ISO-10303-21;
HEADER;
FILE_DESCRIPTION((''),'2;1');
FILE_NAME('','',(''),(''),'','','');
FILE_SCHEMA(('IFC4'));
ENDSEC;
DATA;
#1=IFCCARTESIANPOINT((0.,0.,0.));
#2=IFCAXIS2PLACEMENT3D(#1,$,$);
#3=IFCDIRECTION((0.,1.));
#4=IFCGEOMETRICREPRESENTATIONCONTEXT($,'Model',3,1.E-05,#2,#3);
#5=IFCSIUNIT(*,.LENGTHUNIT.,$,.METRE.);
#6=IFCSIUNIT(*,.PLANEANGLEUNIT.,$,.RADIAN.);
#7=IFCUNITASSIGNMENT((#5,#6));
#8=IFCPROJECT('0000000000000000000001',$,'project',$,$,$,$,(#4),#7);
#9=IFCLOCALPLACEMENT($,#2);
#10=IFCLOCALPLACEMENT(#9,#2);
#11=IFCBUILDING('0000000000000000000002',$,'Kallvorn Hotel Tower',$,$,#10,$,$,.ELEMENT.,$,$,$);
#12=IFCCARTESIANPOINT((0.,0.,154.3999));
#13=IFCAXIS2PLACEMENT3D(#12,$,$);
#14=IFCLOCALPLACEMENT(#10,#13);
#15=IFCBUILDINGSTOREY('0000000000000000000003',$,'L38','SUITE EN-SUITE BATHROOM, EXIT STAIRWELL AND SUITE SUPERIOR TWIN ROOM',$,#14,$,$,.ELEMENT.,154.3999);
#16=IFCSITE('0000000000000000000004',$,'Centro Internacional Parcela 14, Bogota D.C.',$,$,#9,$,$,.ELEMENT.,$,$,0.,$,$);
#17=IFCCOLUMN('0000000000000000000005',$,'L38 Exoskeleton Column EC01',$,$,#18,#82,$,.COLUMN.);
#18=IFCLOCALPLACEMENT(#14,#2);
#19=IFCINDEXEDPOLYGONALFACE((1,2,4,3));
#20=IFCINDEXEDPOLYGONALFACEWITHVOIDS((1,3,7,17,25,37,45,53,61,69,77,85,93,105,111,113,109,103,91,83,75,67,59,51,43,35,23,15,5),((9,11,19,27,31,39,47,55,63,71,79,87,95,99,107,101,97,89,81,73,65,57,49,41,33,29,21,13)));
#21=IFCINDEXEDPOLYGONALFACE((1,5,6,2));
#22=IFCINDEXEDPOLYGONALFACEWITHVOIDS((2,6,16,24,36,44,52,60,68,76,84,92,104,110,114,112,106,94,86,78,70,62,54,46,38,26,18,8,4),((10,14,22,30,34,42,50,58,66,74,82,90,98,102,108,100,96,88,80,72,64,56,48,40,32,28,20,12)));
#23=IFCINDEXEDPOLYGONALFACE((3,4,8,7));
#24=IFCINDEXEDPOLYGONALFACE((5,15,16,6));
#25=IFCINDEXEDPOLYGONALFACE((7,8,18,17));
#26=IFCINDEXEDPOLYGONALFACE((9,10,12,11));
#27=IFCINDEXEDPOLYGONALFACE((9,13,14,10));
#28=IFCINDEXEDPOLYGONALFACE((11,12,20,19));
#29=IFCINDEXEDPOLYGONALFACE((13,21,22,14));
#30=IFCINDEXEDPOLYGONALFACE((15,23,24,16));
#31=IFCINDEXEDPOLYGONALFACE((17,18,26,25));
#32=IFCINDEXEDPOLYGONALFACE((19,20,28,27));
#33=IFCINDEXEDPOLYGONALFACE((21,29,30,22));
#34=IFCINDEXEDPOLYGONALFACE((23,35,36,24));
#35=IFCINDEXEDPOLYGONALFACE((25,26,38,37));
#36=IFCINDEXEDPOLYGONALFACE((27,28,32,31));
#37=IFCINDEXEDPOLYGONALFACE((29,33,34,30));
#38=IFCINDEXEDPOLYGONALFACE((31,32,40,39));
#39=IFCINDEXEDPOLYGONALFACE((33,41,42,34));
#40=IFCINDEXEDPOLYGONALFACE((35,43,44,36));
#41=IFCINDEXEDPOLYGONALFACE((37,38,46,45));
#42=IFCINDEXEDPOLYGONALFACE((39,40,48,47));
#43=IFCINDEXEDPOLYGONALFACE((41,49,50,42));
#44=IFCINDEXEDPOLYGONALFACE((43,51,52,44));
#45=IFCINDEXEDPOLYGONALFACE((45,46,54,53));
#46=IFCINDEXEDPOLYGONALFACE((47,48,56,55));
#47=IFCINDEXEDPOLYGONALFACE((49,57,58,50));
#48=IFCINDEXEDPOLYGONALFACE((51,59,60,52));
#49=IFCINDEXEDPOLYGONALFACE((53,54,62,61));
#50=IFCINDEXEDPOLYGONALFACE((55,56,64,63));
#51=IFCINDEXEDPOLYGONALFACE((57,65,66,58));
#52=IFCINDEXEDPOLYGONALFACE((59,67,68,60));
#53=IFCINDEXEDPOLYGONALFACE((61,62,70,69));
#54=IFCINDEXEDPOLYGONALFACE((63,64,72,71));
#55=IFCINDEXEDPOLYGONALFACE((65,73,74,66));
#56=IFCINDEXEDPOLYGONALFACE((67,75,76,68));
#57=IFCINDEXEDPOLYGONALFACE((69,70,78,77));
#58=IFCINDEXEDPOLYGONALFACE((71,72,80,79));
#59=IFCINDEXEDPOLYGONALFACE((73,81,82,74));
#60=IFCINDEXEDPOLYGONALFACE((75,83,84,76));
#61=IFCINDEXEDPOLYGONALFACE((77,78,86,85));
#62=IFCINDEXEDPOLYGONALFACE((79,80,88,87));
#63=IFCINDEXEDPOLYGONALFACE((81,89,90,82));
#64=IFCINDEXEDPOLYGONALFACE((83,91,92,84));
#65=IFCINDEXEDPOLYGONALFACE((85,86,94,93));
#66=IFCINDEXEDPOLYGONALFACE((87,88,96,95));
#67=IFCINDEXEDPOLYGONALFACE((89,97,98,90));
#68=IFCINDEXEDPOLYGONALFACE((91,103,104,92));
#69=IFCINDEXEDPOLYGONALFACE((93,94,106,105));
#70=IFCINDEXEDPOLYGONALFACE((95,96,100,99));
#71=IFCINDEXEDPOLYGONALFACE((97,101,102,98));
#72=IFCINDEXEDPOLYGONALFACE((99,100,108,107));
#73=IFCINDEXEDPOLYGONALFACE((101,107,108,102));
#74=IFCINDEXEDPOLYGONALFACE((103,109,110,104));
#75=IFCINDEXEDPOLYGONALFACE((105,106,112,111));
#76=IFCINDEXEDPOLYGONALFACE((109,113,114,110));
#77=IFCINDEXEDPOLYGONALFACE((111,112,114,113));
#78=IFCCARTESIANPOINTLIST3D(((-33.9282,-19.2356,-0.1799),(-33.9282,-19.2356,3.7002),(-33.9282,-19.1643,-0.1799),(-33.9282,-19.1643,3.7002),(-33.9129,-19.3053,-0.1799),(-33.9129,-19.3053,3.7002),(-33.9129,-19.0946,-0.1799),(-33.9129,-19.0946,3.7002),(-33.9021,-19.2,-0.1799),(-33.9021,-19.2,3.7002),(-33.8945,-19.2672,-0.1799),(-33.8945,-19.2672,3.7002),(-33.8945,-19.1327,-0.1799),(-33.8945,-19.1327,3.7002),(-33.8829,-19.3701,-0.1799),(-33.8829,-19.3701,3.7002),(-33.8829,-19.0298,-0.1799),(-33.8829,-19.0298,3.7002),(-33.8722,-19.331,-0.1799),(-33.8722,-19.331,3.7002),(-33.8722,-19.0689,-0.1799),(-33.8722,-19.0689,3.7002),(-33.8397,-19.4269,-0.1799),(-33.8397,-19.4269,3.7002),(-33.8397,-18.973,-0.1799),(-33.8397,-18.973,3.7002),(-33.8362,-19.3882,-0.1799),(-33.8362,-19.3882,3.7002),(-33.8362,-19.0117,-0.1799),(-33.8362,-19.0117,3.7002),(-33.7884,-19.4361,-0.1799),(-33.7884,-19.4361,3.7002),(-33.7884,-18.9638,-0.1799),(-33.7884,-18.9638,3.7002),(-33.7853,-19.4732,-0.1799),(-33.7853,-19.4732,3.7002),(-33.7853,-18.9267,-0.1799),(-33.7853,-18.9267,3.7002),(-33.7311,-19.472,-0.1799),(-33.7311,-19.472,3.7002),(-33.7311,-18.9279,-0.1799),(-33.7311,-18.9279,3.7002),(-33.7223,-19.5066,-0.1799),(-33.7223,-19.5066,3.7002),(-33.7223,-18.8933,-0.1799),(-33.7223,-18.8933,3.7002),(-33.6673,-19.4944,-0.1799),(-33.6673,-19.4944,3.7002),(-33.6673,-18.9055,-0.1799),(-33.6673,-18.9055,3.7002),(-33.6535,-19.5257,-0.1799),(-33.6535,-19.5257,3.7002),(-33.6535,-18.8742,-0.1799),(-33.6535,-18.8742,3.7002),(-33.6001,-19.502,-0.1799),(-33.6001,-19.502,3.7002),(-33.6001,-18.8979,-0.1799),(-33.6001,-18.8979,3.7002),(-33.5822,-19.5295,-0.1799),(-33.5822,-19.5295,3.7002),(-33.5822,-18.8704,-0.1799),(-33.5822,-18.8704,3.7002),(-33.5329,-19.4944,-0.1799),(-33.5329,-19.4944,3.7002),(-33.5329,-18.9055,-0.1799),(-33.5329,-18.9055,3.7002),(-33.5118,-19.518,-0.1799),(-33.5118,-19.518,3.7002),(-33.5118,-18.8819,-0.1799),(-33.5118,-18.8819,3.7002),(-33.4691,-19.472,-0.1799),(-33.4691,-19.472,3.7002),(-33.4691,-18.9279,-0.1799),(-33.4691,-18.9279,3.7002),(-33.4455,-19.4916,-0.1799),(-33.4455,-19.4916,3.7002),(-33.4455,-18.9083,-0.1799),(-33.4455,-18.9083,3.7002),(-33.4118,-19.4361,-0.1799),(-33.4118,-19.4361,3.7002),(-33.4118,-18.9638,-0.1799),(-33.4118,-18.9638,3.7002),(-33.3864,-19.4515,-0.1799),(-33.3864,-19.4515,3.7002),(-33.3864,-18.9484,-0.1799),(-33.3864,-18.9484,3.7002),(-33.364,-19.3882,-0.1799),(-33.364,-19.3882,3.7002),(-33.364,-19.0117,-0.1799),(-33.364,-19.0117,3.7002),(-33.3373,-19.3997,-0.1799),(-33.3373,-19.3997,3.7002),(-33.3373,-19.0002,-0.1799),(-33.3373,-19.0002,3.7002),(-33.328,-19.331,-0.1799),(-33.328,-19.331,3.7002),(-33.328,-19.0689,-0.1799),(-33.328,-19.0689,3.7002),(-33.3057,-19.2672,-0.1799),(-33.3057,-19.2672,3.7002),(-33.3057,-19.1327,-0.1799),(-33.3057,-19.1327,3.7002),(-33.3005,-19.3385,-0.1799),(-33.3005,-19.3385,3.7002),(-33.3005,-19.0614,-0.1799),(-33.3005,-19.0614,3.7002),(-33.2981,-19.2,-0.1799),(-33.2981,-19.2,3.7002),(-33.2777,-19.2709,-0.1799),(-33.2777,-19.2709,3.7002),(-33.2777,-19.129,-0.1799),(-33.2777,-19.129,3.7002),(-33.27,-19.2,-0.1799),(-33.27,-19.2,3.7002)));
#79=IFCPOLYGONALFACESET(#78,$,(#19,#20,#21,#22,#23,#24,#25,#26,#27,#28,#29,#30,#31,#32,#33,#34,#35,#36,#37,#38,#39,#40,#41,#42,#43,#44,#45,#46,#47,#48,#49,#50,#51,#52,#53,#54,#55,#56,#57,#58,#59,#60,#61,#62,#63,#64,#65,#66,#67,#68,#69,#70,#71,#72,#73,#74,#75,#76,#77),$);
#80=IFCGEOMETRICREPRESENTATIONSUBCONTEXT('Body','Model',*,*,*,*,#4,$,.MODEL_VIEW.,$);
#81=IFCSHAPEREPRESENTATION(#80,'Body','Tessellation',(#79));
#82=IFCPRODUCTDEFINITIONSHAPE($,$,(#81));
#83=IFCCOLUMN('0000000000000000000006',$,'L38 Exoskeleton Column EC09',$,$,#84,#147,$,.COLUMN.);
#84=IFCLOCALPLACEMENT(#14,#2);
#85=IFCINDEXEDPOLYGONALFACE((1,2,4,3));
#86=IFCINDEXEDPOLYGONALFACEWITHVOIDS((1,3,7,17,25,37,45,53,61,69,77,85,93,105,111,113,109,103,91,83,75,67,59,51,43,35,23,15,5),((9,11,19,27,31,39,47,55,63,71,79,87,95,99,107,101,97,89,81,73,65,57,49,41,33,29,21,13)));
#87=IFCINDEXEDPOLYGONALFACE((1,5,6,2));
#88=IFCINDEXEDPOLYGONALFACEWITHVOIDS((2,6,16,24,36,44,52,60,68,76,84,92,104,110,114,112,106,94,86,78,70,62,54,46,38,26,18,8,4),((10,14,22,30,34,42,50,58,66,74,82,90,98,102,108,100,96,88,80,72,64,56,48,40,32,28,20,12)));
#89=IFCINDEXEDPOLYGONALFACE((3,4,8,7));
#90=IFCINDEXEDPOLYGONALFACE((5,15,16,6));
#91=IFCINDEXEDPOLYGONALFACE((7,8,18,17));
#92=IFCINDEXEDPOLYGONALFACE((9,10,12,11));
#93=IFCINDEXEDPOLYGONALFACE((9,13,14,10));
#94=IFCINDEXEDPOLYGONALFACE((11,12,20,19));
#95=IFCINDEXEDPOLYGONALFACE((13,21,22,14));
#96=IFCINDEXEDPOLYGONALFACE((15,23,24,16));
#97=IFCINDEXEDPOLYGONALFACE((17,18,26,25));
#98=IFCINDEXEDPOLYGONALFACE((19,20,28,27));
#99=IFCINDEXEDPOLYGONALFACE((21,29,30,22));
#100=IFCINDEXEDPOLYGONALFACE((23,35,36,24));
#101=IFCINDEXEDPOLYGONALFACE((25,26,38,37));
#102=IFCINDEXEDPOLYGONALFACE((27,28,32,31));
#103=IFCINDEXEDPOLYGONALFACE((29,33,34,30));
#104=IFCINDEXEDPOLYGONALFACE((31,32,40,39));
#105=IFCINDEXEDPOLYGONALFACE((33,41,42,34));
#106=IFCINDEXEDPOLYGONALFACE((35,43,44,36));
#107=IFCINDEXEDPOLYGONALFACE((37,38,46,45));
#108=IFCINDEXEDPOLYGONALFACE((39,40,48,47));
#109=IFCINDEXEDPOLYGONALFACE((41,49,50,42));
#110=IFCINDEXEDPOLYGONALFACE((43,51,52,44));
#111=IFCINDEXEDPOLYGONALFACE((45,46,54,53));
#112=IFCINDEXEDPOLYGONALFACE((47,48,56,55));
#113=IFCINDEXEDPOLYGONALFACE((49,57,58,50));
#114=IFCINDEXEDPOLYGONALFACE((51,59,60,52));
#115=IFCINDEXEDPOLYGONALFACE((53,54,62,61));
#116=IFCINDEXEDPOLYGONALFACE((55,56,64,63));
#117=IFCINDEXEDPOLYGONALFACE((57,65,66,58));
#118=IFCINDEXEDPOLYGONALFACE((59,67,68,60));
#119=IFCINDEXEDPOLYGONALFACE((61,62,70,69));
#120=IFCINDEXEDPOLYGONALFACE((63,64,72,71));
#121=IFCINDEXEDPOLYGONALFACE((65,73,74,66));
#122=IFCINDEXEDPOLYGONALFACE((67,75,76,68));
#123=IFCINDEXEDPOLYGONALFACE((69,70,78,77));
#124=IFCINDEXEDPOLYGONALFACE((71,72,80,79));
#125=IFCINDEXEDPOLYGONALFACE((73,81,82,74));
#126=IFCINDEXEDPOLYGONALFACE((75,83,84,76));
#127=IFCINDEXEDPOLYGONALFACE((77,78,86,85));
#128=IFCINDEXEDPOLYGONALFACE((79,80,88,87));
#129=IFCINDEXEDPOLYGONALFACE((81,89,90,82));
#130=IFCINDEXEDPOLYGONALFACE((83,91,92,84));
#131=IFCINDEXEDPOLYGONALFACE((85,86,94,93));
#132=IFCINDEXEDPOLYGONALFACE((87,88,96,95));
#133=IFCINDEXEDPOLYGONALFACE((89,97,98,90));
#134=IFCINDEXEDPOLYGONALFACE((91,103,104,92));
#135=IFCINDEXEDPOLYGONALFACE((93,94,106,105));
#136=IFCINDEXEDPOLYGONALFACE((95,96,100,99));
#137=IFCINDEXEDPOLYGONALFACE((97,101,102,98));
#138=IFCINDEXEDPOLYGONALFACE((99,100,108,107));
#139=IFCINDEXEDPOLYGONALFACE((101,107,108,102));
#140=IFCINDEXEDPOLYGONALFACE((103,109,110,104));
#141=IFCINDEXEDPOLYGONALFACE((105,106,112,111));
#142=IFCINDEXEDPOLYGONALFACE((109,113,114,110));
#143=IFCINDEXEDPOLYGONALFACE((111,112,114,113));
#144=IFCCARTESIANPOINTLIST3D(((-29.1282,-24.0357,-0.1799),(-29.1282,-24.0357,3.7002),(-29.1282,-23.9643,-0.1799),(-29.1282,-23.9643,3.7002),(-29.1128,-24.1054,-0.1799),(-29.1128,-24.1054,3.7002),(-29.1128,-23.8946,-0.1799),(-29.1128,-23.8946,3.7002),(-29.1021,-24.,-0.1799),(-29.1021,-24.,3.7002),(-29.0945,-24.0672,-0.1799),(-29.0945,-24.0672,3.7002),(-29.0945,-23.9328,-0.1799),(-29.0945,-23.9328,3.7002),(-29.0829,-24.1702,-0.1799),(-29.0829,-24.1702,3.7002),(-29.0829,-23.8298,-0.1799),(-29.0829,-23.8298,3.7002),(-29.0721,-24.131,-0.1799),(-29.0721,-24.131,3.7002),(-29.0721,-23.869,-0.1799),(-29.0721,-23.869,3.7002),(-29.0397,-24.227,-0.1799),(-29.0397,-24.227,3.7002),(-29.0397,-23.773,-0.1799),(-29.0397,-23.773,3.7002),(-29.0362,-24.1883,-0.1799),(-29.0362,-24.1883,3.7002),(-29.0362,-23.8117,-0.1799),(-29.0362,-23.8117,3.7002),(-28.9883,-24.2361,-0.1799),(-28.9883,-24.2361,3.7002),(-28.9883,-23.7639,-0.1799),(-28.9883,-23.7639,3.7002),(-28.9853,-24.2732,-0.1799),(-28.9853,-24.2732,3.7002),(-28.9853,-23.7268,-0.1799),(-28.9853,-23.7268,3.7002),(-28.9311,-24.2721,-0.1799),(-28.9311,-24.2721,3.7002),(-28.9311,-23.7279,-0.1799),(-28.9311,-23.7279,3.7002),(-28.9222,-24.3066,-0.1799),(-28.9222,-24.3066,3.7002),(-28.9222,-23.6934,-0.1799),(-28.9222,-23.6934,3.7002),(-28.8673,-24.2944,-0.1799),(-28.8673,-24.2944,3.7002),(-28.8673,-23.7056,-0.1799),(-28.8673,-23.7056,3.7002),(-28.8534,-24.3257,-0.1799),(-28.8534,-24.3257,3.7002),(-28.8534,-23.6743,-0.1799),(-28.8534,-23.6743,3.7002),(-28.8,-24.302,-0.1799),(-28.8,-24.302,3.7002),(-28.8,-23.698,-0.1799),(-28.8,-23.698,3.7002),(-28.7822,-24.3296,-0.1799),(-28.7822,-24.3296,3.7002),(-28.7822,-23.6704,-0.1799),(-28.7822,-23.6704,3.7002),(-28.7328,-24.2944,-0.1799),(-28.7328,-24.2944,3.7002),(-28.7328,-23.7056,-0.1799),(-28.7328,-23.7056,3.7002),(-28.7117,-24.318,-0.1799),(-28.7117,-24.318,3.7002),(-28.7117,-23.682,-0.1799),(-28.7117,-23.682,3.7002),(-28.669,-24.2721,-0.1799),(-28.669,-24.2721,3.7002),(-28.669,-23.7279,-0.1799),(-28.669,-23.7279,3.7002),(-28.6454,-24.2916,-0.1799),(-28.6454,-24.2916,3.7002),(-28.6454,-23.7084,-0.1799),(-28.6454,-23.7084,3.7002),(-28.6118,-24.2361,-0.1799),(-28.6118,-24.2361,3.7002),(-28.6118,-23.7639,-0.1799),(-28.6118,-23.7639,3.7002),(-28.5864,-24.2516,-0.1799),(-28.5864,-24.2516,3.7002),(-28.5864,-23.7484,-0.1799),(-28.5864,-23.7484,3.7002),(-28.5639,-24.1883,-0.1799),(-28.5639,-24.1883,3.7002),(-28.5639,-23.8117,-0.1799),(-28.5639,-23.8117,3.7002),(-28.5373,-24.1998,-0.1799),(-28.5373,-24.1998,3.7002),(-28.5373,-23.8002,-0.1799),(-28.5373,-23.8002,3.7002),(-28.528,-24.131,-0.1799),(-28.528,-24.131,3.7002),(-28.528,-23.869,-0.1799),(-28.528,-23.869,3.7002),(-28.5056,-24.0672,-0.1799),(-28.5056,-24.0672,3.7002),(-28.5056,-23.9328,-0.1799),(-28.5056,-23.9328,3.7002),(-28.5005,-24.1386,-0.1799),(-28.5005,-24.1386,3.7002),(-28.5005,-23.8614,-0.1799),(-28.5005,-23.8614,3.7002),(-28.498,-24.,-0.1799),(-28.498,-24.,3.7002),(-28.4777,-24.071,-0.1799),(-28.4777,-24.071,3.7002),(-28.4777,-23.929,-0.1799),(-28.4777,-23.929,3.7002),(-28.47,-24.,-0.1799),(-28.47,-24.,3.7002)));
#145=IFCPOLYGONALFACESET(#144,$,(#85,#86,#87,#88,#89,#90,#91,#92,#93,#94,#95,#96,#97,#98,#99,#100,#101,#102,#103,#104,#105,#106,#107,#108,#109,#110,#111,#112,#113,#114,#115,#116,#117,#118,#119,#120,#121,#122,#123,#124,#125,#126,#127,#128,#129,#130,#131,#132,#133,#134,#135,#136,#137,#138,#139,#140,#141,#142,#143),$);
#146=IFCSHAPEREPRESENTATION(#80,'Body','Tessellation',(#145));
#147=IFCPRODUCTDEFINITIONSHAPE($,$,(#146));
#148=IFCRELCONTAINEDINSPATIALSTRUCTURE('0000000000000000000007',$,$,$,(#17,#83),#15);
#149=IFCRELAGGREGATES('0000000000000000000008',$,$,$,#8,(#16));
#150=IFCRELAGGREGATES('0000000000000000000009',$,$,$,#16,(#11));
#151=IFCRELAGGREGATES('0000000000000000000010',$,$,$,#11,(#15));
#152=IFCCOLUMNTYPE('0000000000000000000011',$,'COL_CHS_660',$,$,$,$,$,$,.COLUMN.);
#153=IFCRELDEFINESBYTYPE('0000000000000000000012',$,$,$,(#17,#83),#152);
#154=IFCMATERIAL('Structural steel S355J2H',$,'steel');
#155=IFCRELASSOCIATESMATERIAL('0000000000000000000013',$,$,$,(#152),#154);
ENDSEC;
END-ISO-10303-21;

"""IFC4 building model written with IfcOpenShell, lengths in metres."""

from ifc_helpers import new_model, si_unit, direction, frame, origin, origin_2d, place, context, subcontext, project, spatial, hollow_circle, extrude, material, material_profile, profile_set, type_object, element, save


model = new_model("IFC4")

# Units and contexts
model_context = context("Model", 3, precision=1e-05, world=origin(), true_north=direction((0.0, 1.0)))
body_context = subcontext(model_context, "Body", "Model", "MODEL_VIEW")
ifc_project = project(units=[si_unit("LENGTHUNIT", "METRE"), si_unit("PLANEANGLEUNIT", "RADIAN")], contexts=[model_context])

# Site, building, storey
site_placement = place(None, origin())
site = spatial("IfcSite", under=ifc_project, at=site_placement, Name="Centro Internacional Parcela 14, Bogota D.C.", CompositionType="ELEMENT", RefElevation=0.0)
building_placement = place(site_placement, origin())
building = spatial("IfcBuilding", under=site, at=building_placement, Name="Kallvorn Hotel Tower", CompositionType="ELEMENT")
storey_placement = place(building_placement, frame((0.0, 0.0, 154.3999)))
storey = spatial("IfcBuildingStorey", under=building, at=storey_placement, Name="L38", Description="SUITE EN-SUITE BATHROOM, EXIT STAIRWELL AND SUITE SUPERIOR TWIN ROOM", CompositionType="ELEMENT", Elevation=154.3999)

# Columns
ifc_material_1 = material(Name="Structural steel S355J2H", Category="steel")
ifc_material_profile_1 = material_profile(ifc_material_1, hollow_circle(Radius=0.3301, WallThickness=0.0281, at=origin_2d()), Name="CHS 660x28")
ifc_profile_set_1 = profile_set([ifc_material_profile_1], Name="Structural steel S355J2H")
column_type = type_object("IfcColumnType", Name="COL_CHS_660", PredefinedType="COLUMN", material=ifc_profile_set_1)
for number, where, z_axis, x_axis, name in (
    (1, (-33.6001, -19.2, -0.1799), (0.0, 0.0, 1.0), (1.0, 0.0, 0.0), "L38 Exoskeleton Column EC01"),
    (2, (-28.8, -24.0, -0.1799), (0.0, 0.0, 1.0), (1.0, 0.0, 0.0), "L38 Exoskeleton Column EC09"),
):
    element("IfcColumn", number, at=place(storey_placement, frame(where, z_axis=z_axis, x_axis=x_axis)), inside=storey, type_object=column_type, Name=name, PredefinedType="COLUMN", context=body_context, shape_type="SweptSolid", body=[
        extrude(hollow_circle(Radius=0.3301, WallThickness=0.0281, at=origin_2d()), origin(), (0.0, 0.0, 1.0), 3.8801),
    ])

save(model, "model.ifc")
